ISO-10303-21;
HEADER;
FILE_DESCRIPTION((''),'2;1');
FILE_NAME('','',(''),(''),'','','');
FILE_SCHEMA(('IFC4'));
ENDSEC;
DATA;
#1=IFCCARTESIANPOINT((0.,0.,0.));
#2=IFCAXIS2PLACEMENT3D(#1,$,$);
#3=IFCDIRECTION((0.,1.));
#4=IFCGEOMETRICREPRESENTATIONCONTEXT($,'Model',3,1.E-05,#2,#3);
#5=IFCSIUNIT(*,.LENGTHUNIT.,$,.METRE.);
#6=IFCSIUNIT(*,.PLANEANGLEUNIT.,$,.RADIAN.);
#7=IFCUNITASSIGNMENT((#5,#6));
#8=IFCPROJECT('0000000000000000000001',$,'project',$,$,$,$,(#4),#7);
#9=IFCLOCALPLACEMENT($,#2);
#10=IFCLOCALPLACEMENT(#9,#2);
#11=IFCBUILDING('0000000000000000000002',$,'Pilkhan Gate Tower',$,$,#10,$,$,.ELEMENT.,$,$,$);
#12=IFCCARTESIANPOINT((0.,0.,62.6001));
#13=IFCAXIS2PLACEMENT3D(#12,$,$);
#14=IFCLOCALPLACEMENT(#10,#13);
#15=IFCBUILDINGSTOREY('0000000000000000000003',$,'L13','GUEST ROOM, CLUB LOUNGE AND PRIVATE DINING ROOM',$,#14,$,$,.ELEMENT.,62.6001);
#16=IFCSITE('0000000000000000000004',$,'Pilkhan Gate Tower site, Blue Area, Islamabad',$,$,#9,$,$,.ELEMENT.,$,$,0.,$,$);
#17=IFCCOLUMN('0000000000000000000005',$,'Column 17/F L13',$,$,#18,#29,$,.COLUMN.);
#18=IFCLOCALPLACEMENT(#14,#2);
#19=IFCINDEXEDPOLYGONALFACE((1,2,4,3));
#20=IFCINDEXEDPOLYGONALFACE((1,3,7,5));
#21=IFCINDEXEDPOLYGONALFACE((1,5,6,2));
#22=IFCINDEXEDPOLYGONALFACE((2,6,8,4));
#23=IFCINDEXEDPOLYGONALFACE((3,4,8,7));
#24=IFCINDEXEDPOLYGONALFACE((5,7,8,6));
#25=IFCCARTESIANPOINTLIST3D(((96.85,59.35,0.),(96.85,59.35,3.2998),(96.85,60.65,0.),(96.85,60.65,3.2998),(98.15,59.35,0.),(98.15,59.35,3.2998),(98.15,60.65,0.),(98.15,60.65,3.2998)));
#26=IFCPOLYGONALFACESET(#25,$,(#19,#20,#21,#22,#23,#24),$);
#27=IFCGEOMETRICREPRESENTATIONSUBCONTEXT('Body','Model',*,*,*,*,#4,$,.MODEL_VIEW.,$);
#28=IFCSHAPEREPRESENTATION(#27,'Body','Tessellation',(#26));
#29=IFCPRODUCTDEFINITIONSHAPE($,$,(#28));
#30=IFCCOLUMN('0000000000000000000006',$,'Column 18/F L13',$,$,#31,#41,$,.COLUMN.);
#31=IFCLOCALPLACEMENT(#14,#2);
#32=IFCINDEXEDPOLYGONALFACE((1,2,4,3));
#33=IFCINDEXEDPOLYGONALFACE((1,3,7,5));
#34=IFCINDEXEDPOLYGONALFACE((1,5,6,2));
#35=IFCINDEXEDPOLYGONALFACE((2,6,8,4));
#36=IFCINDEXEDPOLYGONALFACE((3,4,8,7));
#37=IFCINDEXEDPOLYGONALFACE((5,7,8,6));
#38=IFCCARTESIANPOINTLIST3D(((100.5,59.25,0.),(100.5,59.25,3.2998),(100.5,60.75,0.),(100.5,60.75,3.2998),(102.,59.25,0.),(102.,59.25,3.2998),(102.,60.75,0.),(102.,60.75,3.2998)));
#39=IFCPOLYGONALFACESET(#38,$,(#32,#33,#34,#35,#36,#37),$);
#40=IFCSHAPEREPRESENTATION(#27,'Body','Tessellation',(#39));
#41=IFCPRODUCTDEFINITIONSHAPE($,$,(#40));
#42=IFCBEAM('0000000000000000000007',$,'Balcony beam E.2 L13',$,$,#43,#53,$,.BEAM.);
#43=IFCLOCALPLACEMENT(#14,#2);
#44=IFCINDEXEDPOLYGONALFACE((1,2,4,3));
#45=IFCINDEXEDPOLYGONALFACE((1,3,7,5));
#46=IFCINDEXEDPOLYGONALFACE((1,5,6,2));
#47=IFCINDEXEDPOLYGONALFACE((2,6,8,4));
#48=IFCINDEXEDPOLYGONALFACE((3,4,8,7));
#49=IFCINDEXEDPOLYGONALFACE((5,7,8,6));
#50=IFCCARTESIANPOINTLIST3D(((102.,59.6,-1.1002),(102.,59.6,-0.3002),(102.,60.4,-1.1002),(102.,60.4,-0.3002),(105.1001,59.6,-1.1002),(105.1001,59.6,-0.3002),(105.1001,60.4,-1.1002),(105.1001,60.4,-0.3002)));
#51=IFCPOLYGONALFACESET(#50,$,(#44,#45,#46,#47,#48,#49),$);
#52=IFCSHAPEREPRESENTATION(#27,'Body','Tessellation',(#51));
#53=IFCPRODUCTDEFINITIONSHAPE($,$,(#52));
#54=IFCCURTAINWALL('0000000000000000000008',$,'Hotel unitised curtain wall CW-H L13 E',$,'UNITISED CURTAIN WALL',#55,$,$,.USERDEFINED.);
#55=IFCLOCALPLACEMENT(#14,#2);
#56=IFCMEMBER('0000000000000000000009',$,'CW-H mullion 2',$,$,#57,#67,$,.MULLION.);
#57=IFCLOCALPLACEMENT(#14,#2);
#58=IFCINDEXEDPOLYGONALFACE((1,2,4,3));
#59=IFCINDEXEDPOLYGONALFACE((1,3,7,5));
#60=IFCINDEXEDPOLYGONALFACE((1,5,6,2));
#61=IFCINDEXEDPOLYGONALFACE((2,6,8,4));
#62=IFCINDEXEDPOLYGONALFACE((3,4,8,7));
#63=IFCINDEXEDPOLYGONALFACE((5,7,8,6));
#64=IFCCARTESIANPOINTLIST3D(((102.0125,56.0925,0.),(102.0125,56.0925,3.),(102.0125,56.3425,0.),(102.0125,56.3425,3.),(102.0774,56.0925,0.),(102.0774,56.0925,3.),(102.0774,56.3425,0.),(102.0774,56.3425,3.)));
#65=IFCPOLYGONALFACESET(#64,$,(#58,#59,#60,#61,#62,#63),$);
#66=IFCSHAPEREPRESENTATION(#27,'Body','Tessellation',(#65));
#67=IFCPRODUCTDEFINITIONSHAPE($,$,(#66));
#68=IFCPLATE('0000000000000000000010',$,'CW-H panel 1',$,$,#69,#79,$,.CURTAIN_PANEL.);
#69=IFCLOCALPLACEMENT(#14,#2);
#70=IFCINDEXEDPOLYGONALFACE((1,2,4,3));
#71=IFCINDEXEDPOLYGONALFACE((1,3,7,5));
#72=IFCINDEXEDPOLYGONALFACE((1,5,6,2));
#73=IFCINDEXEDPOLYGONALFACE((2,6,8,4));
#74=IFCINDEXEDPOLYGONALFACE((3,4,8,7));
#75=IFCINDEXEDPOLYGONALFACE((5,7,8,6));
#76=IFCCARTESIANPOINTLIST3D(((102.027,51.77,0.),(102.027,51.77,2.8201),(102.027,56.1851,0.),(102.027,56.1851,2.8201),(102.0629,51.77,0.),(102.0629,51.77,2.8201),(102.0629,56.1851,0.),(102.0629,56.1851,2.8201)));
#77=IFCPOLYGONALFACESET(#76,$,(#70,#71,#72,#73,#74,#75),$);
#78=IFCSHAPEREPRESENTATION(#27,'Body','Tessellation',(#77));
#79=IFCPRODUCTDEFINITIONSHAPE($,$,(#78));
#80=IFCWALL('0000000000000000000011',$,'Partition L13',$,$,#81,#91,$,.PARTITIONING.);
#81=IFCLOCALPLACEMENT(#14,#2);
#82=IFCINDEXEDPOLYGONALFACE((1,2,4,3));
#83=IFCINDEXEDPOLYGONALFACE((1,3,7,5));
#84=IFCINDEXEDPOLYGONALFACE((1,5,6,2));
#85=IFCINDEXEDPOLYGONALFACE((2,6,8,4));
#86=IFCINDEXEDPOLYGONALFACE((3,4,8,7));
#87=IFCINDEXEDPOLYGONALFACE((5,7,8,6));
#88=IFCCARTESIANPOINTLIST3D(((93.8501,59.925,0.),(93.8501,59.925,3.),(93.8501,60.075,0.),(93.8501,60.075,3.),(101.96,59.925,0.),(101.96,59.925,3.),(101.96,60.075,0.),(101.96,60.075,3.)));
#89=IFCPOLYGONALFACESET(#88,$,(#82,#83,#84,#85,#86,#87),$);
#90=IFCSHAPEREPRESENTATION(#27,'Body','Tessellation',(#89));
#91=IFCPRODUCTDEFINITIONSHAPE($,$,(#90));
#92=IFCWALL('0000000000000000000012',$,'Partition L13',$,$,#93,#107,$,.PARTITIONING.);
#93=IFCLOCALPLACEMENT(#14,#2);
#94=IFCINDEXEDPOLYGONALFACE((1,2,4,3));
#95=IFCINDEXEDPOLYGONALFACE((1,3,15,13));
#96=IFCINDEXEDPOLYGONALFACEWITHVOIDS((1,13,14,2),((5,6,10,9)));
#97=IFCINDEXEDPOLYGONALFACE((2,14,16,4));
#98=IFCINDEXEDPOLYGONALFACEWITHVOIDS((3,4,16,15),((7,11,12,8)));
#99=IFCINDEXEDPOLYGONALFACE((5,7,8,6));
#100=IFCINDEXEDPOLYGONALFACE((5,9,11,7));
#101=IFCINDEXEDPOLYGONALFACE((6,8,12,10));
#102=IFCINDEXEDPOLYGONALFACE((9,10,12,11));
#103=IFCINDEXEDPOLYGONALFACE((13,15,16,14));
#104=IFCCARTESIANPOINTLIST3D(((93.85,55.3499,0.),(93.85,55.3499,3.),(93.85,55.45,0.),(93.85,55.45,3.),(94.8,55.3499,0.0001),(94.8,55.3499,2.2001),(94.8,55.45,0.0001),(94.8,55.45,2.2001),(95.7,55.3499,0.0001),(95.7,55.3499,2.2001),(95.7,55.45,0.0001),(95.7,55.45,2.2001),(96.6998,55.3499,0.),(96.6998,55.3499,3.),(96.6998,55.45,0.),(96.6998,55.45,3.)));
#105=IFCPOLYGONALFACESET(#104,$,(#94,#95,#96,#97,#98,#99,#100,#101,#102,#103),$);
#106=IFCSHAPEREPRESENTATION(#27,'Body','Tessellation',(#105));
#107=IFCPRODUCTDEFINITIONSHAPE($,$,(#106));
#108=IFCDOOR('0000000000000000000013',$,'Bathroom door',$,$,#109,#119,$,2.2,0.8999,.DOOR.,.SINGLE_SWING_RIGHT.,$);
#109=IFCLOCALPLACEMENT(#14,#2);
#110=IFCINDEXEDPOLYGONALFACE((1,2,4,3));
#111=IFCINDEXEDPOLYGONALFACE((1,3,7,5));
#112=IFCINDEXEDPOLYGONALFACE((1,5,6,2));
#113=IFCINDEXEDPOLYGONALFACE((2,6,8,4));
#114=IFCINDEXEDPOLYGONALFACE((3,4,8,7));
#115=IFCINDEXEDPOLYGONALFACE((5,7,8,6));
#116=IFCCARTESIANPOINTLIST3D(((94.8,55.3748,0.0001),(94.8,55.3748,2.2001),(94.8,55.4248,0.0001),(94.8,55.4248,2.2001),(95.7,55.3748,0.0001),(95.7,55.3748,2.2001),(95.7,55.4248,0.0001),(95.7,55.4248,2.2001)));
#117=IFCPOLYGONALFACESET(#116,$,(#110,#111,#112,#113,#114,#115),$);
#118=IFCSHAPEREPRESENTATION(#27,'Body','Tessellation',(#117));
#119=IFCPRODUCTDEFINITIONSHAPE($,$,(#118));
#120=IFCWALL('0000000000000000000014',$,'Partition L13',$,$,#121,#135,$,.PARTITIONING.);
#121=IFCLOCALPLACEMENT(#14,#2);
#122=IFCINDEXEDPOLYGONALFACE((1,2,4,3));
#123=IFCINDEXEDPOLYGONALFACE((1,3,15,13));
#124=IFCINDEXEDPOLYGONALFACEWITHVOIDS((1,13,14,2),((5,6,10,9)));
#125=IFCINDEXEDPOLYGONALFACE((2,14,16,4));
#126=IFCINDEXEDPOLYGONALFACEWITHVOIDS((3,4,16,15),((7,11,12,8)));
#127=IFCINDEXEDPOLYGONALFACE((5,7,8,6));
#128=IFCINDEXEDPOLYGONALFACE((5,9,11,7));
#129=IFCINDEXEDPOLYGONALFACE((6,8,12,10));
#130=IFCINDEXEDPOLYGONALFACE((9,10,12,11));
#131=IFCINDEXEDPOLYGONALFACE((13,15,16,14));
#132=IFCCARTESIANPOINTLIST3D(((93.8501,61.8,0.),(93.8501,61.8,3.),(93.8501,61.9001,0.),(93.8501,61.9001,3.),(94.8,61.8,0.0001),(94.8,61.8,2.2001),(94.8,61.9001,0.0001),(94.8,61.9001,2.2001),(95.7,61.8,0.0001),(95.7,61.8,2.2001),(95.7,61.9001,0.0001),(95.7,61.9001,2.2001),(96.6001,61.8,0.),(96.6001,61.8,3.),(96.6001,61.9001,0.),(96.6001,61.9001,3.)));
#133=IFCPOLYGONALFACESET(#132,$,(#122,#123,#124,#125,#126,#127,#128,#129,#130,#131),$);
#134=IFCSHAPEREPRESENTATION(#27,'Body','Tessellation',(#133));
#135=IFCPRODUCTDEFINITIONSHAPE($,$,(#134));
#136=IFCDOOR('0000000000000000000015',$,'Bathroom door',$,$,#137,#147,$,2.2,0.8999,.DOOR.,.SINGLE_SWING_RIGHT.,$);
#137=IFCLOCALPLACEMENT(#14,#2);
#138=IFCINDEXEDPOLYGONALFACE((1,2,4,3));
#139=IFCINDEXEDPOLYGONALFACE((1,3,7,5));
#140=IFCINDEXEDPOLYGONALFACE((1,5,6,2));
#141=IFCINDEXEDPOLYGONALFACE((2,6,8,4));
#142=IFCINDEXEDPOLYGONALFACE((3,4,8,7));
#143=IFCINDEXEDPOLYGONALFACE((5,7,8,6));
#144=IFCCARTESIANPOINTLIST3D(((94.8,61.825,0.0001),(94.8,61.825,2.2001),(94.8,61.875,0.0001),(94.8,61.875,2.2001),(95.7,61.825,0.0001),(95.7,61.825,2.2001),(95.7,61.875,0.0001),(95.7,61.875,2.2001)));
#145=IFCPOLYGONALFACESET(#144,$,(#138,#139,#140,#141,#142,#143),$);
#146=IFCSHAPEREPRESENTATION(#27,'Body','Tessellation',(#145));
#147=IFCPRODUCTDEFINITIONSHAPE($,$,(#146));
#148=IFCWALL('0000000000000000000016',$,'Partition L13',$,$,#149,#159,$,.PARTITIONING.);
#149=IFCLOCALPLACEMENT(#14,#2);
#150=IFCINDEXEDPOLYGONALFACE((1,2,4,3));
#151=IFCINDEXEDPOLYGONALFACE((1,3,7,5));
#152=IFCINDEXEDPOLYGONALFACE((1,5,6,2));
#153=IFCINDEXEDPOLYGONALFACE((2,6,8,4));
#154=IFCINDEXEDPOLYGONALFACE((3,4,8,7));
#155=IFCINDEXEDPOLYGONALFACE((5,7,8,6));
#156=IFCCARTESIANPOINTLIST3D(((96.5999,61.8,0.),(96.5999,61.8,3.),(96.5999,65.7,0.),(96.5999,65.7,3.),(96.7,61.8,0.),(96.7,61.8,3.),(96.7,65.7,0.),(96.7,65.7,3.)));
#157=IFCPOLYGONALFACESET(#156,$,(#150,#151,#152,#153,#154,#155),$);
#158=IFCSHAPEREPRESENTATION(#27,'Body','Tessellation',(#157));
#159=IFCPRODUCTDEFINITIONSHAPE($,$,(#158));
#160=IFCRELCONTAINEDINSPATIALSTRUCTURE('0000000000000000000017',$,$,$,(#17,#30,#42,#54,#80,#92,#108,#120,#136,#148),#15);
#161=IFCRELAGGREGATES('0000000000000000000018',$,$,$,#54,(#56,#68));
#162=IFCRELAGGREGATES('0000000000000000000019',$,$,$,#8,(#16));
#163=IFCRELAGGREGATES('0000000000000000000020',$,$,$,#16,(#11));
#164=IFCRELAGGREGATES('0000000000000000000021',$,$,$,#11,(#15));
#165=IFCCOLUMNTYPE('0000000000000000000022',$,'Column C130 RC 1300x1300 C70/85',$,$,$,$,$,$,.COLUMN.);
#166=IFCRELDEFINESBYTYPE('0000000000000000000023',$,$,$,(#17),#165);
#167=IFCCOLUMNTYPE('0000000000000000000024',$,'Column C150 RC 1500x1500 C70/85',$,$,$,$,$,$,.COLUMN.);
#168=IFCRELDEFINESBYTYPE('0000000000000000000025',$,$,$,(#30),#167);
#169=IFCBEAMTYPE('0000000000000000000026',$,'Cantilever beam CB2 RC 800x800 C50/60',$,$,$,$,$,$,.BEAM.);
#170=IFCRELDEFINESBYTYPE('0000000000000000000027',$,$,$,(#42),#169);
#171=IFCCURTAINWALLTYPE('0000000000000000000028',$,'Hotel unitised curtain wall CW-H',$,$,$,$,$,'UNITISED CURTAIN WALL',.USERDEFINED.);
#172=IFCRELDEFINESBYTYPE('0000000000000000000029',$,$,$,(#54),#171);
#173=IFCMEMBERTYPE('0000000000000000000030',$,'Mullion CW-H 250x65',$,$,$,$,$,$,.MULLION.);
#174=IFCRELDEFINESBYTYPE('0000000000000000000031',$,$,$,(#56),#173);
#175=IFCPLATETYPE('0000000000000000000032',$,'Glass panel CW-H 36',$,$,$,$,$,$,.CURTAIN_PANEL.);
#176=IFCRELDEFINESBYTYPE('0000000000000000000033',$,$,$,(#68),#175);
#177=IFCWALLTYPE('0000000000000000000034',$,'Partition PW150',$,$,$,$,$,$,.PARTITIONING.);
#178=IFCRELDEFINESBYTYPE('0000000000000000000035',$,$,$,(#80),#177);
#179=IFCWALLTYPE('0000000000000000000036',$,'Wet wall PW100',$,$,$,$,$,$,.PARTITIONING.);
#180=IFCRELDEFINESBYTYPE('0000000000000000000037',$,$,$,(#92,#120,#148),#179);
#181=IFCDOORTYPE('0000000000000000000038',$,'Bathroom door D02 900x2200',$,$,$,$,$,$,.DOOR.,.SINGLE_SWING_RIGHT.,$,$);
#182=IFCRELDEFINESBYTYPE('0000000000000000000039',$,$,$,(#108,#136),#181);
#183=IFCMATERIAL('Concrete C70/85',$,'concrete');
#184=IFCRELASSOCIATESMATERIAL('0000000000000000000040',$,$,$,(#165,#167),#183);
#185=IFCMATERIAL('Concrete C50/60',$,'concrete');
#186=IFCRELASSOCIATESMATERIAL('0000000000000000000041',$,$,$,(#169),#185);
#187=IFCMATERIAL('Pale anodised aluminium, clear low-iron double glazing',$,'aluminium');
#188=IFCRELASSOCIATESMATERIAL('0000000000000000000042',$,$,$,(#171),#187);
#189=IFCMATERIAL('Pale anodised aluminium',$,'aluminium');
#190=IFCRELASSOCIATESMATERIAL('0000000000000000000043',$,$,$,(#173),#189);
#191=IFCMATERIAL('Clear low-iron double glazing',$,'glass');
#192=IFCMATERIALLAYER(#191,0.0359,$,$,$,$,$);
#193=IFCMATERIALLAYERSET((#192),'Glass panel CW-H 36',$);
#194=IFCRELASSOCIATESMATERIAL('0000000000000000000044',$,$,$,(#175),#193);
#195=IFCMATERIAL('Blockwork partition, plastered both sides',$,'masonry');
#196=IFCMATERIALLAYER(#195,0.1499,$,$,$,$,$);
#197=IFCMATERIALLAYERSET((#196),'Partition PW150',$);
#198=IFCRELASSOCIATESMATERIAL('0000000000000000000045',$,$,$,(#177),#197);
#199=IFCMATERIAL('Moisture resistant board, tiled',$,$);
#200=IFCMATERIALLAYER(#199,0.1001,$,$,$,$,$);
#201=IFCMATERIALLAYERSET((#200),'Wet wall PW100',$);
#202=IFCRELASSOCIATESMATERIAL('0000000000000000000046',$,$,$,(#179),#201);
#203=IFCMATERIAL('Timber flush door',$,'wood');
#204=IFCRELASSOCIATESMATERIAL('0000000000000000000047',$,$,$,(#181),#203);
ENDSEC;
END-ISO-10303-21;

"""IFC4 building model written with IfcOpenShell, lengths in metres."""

from ifc_helpers import new_model, si_unit, direction, frame, frame_2d, origin, origin_2d, place, context, subcontext, project, spatial, rectangle, extrude, material, layer, layer_set, material_profile, profile_set, type_object, element, fill, aggregate, save


model = new_model("IFC4")

# Units and contexts
model_context = context("Model", 3, precision=1e-05, world=origin(), true_north=direction((0.0, 1.0)))
body_context = subcontext(model_context, "Body", "Model", "MODEL_VIEW")
ifc_project = project(units=[si_unit("LENGTHUNIT", "METRE"), si_unit("PLANEANGLEUNIT", "RADIAN")], contexts=[model_context])

# Site, building, storey
site_placement = place(None, origin())
site = spatial("IfcSite", under=ifc_project, at=site_placement, Name="Pilkhan Gate Tower site, Blue Area, Islamabad", CompositionType="ELEMENT", RefElevation=0.0)
building_placement = place(site_placement, origin())
building = spatial("IfcBuilding", under=site, at=building_placement, Name="Pilkhan Gate Tower", CompositionType="ELEMENT")
storey_placement = place(building_placement, frame((0.0, 0.0, 62.6001)))
storey = spatial("IfcBuildingStorey", under=building, at=storey_placement, Name="L13", Description="GUEST ROOM, CLUB LOUNGE AND PRIVATE DINING ROOM", CompositionType="ELEMENT", Elevation=62.6001)

# Columns
ifc_material_1 = material(Name="Concrete C70/85", Category="concrete")
ifc_material_profile_1 = material_profile(ifc_material_1, rectangle(XDim=1.3, YDim=1.3, at=origin_2d()), Name="RC 1300x1300")
ifc_profile_set_1 = profile_set([ifc_material_profile_1], Name="Concrete C70/85")
column_type_1 = type_object("IfcColumnType", Name="Column C130 RC 1300x1300 C70/85", PredefinedType="COLUMN", material=ifc_profile_set_1)
column_1_placement = place(storey_placement, frame((97.5, 60.0, 0.0), z_axis=(0.0, 0.0, 1.0), x_axis=(1.0, 0.0, 0.0)))
element("IfcColumn", 1, at=column_1_placement, inside=storey, type_object=column_type_1, Name="Column 17/F L13", PredefinedType="COLUMN", context=body_context, shape_type="SweptSolid", body=[
    extrude(rectangle(XDim=1.3, YDim=1.3, at=origin_2d()), origin(), (0.0, 0.0, 1.0), 3.2998),
])
ifc_material_profile_2 = material_profile(ifc_material_1, rectangle(XDim=1.5, YDim=1.5, at=origin_2d()), Name="RC 1500x1500")
ifc_profile_set_2 = profile_set([ifc_material_profile_2], Name="Concrete C70/85")
column_type_2 = type_object("IfcColumnType", Name="Column C150 RC 1500x1500 C70/85", PredefinedType="COLUMN", material=ifc_profile_set_2)
column_2_placement = place(storey_placement, frame((101.25, 60.0, 0.0), z_axis=(0.0, 0.0, 1.0), x_axis=(1.0, 0.0, 0.0)))
element("IfcColumn", 2, at=column_2_placement, inside=storey, type_object=column_type_2, Name="Column 18/F L13", PredefinedType="COLUMN", context=body_context, shape_type="SweptSolid", body=[
    extrude(rectangle(XDim=1.5, YDim=1.5, at=origin_2d()), origin(), (0.0, 0.0, 1.0), 3.2998),
])

# Beam
ifc_material_2 = material(Name="Concrete C50/60", Category="concrete")
ifc_material_profile_3 = material_profile(ifc_material_2, rectangle(XDim=0.8, YDim=0.8, at=origin_2d()), Name="RC 800x800")
ifc_profile_set_3 = profile_set([ifc_material_profile_3], Name="Concrete C50/60")
beam_type = type_object("IfcBeamType", Name="Cantilever beam CB2 RC 800x800 C50/60", PredefinedType="BEAM", material=ifc_profile_set_3)
beam_placement = place(storey_placement, frame((102.0, 60.0, -0.7002), z_axis=(1.0, 0.0, 0.0), x_axis=(0.0, 1.0, 0.0)))
element("IfcBeam", 3, at=beam_placement, inside=storey, type_object=beam_type, Name="Balcony beam E.2 L13", PredefinedType="BEAM", context=body_context, shape_type="SweptSolid", body=[
    extrude(rectangle(XDim=0.8, YDim=0.8, at=origin_2d()), origin(), (0.0, 0.0, 1.0), 3.1001),
])

# Curtain wall, member, plate
ifc_material_3 = material(Name="Pale anodised aluminium, clear low-iron double glazing", Category="aluminium")
curtain_wall_type = type_object("IfcCurtainWallType", Name="Hotel unitised curtain wall CW-H", ElementType="UNITISED CURTAIN WALL", PredefinedType="USERDEFINED", material=ifc_material_3)
curtain_wall_placement = place(storey_placement, origin())
curtain_wall = element("IfcCurtainWall", 4, at=curtain_wall_placement, inside=storey, type_object=curtain_wall_type, Name="Hotel unitised curtain wall CW-H L13 E", ObjectType="UNITISED CURTAIN WALL", PredefinedType="USERDEFINED")
ifc_material_4 = material(Name="Pale anodised aluminium", Category="aluminium")
ifc_material_profile_4 = material_profile(ifc_material_4, rectangle(XDim=0.0649, YDim=0.25, at=origin_2d()), Name="Mullion 250x65")
ifc_profile_set_4 = profile_set([ifc_material_profile_4], Name="Pale anodised aluminium")
member_type = type_object("IfcMemberType", Name="Mullion CW-H 250x65", PredefinedType="MULLION", material=ifc_profile_set_4)
member_placement = place(storey_placement, frame((102.0449, 56.2175, 0.0), z_axis=(0.0, 0.0, 1.0), x_axis=(-1.0, 0.0, 0.0)))
member = element("IfcMember", 5, at=member_placement, type_object=member_type, Name="CW-H mullion 2", PredefinedType="MULLION", context=body_context, shape_type="SweptSolid", body=[
    extrude(rectangle(XDim=0.0649, YDim=0.25, at=origin_2d()), origin(), (0.0, 0.0, 1.0), 3.0),
])
ifc_material_5 = material(Name="Clear low-iron double glazing", Category="glass")
ifc_layer_1 = layer(ifc_material_5, 0.0359)
ifc_layer_set_1 = layer_set([ifc_layer_1], Name="Glass panel CW-H 36")
plate_type = type_object("IfcPlateType", Name="Glass panel CW-H 36", PredefinedType="CURTAIN_PANEL", material=ifc_layer_set_1)
plate_placement = place(storey_placement, frame((102.0449, 53.9775, 0.0), z_axis=(0.0, 0.0, 1.0), x_axis=(0.0, 1.0, 0.0)))
plate = element("IfcPlate", 6, at=plate_placement, type_object=plate_type, Name="CW-H panel 1", PredefinedType="CURTAIN_PANEL", context=body_context, shape_type="SweptSolid", body=[
    extrude(rectangle(XDim=4.415, YDim=0.0359, at=origin_2d()), origin(), (0.0, 0.0, 1.0), 2.8201),
])
aggregate(curtain_wall, [member, plate])

# Wall
ifc_material_6 = material(Name="Blockwork partition, plastered both sides", Category="masonry")
ifc_layer_2 = layer(ifc_material_6, 0.1499)
ifc_layer_set_2 = layer_set([ifc_layer_2], Name="Partition PW150")
wall_type_1 = type_object("IfcWallType", Name="Partition PW150", PredefinedType="PARTITIONING", material=ifc_layer_set_2)
wall_1_placement = place(storey_placement, frame((93.8501, 60.0, 0.0), z_axis=(0.0, 0.0, 1.0), x_axis=(1.0, 0.0, 0.0)))
element("IfcWall", 7, at=wall_1_placement, inside=storey, type_object=wall_type_1, Name="Partition L13", PredefinedType="PARTITIONING", context=body_context, shape_type="SweptSolid", body=[
    extrude(rectangle(XDim=8.1099, YDim=0.1499, at=frame_2d((4.0549, 0.0))), origin(), (0.0, 0.0, 1.0), 3.0),
])

# Walls, openings, doors
ifc_material_7 = material(Name="Moisture resistant board, tiled")
ifc_layer_3 = layer(ifc_material_7, 0.1001)
ifc_layer_set_3 = layer_set([ifc_layer_3], Name="Wet wall PW100")
wall_type_2 = type_object("IfcWallType", Name="Wet wall PW100", PredefinedType="PARTITIONING", material=ifc_layer_set_3)
wall_2_placement = place(storey_placement, frame((93.8501, 55.3999, 0.0), z_axis=(0.0, 0.0, 1.0), x_axis=(1.0, 0.0, 0.0)))
wall_2 = element("IfcWall", 8, at=wall_2_placement, inside=storey, type_object=wall_type_2, Name="Partition L13", PredefinedType="PARTITIONING", context=body_context, shape_type="SweptSolid", body=[
    extrude(rectangle(XDim=2.8499, YDim=0.1001, at=frame_2d((1.4248, 0.0))), origin(), (0.0, 0.0, 1.0), 3.0),
])
opening_1_placement = place(wall_2_placement, frame((0.95, 0.0, 0.0)))
opening_1 = element("IfcOpeningElement", 9, at=opening_1_placement, cuts=wall_2, PredefinedType="OPENING", context=body_context, shape_type="SweptSolid", body=[
    extrude(rectangle(XDim=0.8999, YDim=2.2, at=frame_2d((0.45, 1.1001))), frame((0.0, 0.0601, 0.0), z_axis=(0.0, -1.0, 0.0), x_axis=(1.0, 0.0, 0.0)), (0.0, 0.0, 1.0), 0.1201),
])
ifc_material_8 = material(Name="Timber flush door", Category="wood")
door_type_1 = type_object("IfcDoorType", Name="Bathroom door D02 900x2200", OperationType="SINGLE_SWING_RIGHT", PredefinedType="DOOR", material=ifc_material_8)
door_1_placement = place(opening_1_placement, origin())
door_1 = element("IfcDoor", 10, at=door_1_placement, inside=storey, type_object=door_type_1, Name="Bathroom door", OperationType="SINGLE_SWING_RIGHT", OverallHeight=2.2, OverallWidth=0.8999, PredefinedType="DOOR", context=body_context, shape_type="SweptSolid", body=[
    extrude(rectangle(XDim=0.8999, YDim=2.2, at=frame_2d((0.45, 1.1001))), frame((0.0, 0.0249, 0.0), z_axis=(0.0, -1.0, 0.0), x_axis=(1.0, 0.0, 0.0)), (0.0, 0.0, 1.0), 0.05),
])
fill(opening_1, door_1)
wall_3_placement = place(storey_placement, frame((93.8501, 61.8501, 0.0), z_axis=(0.0, 0.0, 1.0), x_axis=(1.0, 0.0, 0.0)))
wall_3 = element("IfcWall", 11, at=wall_3_placement, inside=storey, type_object=wall_type_2, Name="Partition L13", PredefinedType="PARTITIONING", context=body_context, shape_type="SweptSolid", body=[
    extrude(rectangle(XDim=2.75, YDim=0.1001, at=frame_2d((1.375, 0.0))), origin(), (0.0, 0.0, 1.0), 3.0),
])
opening_2_placement = place(wall_3_placement, frame((0.95, 0.0, 0.0)))
opening_2 = element("IfcOpeningElement", 12, at=opening_2_placement, cuts=wall_3, PredefinedType="OPENING", context=body_context, shape_type="SweptSolid", body=[
    extrude(rectangle(XDim=0.8999, YDim=2.2, at=frame_2d((0.45, 1.1001))), frame((0.0, 0.0601, 0.0), z_axis=(0.0, -1.0, 0.0), x_axis=(1.0, 0.0, 0.0)), (0.0, 0.0, 1.0), 0.1201),
])
door_2_placement = place(opening_2_placement, origin())
door_2 = element("IfcDoor", 13, at=door_2_placement, inside=storey, type_object=door_type_1, Name="Bathroom door", OperationType="SINGLE_SWING_RIGHT", OverallHeight=2.2, OverallWidth=0.8999, PredefinedType="DOOR", context=body_context, shape_type="SweptSolid", body=[
    extrude(rectangle(XDim=0.8999, YDim=2.2, at=frame_2d((0.45, 1.1001))), frame((0.0, 0.0249, 0.0), z_axis=(0.0, -1.0, 0.0), x_axis=(1.0, 0.0, 0.0)), (0.0, 0.0, 1.0), 0.05),
])
fill(opening_2, door_2)

# Wall
wall_4_placement = place(storey_placement, frame((96.6499, 61.8, 0.0), z_axis=(0.0, 0.0, 1.0), x_axis=(0.0, 1.0, 0.0)))
element("IfcWall", 14, at=wall_4_placement, inside=storey, type_object=wall_type_2, Name="Partition L13", PredefinedType="PARTITIONING", context=body_context, shape_type="SweptSolid", body=[
    extrude(rectangle(XDim=3.8999, YDim=0.1001, at=frame_2d((1.95, 0.0))), origin(), (0.0, 0.0, 1.0), 3.0),
])

save(model, "model.ifc")
